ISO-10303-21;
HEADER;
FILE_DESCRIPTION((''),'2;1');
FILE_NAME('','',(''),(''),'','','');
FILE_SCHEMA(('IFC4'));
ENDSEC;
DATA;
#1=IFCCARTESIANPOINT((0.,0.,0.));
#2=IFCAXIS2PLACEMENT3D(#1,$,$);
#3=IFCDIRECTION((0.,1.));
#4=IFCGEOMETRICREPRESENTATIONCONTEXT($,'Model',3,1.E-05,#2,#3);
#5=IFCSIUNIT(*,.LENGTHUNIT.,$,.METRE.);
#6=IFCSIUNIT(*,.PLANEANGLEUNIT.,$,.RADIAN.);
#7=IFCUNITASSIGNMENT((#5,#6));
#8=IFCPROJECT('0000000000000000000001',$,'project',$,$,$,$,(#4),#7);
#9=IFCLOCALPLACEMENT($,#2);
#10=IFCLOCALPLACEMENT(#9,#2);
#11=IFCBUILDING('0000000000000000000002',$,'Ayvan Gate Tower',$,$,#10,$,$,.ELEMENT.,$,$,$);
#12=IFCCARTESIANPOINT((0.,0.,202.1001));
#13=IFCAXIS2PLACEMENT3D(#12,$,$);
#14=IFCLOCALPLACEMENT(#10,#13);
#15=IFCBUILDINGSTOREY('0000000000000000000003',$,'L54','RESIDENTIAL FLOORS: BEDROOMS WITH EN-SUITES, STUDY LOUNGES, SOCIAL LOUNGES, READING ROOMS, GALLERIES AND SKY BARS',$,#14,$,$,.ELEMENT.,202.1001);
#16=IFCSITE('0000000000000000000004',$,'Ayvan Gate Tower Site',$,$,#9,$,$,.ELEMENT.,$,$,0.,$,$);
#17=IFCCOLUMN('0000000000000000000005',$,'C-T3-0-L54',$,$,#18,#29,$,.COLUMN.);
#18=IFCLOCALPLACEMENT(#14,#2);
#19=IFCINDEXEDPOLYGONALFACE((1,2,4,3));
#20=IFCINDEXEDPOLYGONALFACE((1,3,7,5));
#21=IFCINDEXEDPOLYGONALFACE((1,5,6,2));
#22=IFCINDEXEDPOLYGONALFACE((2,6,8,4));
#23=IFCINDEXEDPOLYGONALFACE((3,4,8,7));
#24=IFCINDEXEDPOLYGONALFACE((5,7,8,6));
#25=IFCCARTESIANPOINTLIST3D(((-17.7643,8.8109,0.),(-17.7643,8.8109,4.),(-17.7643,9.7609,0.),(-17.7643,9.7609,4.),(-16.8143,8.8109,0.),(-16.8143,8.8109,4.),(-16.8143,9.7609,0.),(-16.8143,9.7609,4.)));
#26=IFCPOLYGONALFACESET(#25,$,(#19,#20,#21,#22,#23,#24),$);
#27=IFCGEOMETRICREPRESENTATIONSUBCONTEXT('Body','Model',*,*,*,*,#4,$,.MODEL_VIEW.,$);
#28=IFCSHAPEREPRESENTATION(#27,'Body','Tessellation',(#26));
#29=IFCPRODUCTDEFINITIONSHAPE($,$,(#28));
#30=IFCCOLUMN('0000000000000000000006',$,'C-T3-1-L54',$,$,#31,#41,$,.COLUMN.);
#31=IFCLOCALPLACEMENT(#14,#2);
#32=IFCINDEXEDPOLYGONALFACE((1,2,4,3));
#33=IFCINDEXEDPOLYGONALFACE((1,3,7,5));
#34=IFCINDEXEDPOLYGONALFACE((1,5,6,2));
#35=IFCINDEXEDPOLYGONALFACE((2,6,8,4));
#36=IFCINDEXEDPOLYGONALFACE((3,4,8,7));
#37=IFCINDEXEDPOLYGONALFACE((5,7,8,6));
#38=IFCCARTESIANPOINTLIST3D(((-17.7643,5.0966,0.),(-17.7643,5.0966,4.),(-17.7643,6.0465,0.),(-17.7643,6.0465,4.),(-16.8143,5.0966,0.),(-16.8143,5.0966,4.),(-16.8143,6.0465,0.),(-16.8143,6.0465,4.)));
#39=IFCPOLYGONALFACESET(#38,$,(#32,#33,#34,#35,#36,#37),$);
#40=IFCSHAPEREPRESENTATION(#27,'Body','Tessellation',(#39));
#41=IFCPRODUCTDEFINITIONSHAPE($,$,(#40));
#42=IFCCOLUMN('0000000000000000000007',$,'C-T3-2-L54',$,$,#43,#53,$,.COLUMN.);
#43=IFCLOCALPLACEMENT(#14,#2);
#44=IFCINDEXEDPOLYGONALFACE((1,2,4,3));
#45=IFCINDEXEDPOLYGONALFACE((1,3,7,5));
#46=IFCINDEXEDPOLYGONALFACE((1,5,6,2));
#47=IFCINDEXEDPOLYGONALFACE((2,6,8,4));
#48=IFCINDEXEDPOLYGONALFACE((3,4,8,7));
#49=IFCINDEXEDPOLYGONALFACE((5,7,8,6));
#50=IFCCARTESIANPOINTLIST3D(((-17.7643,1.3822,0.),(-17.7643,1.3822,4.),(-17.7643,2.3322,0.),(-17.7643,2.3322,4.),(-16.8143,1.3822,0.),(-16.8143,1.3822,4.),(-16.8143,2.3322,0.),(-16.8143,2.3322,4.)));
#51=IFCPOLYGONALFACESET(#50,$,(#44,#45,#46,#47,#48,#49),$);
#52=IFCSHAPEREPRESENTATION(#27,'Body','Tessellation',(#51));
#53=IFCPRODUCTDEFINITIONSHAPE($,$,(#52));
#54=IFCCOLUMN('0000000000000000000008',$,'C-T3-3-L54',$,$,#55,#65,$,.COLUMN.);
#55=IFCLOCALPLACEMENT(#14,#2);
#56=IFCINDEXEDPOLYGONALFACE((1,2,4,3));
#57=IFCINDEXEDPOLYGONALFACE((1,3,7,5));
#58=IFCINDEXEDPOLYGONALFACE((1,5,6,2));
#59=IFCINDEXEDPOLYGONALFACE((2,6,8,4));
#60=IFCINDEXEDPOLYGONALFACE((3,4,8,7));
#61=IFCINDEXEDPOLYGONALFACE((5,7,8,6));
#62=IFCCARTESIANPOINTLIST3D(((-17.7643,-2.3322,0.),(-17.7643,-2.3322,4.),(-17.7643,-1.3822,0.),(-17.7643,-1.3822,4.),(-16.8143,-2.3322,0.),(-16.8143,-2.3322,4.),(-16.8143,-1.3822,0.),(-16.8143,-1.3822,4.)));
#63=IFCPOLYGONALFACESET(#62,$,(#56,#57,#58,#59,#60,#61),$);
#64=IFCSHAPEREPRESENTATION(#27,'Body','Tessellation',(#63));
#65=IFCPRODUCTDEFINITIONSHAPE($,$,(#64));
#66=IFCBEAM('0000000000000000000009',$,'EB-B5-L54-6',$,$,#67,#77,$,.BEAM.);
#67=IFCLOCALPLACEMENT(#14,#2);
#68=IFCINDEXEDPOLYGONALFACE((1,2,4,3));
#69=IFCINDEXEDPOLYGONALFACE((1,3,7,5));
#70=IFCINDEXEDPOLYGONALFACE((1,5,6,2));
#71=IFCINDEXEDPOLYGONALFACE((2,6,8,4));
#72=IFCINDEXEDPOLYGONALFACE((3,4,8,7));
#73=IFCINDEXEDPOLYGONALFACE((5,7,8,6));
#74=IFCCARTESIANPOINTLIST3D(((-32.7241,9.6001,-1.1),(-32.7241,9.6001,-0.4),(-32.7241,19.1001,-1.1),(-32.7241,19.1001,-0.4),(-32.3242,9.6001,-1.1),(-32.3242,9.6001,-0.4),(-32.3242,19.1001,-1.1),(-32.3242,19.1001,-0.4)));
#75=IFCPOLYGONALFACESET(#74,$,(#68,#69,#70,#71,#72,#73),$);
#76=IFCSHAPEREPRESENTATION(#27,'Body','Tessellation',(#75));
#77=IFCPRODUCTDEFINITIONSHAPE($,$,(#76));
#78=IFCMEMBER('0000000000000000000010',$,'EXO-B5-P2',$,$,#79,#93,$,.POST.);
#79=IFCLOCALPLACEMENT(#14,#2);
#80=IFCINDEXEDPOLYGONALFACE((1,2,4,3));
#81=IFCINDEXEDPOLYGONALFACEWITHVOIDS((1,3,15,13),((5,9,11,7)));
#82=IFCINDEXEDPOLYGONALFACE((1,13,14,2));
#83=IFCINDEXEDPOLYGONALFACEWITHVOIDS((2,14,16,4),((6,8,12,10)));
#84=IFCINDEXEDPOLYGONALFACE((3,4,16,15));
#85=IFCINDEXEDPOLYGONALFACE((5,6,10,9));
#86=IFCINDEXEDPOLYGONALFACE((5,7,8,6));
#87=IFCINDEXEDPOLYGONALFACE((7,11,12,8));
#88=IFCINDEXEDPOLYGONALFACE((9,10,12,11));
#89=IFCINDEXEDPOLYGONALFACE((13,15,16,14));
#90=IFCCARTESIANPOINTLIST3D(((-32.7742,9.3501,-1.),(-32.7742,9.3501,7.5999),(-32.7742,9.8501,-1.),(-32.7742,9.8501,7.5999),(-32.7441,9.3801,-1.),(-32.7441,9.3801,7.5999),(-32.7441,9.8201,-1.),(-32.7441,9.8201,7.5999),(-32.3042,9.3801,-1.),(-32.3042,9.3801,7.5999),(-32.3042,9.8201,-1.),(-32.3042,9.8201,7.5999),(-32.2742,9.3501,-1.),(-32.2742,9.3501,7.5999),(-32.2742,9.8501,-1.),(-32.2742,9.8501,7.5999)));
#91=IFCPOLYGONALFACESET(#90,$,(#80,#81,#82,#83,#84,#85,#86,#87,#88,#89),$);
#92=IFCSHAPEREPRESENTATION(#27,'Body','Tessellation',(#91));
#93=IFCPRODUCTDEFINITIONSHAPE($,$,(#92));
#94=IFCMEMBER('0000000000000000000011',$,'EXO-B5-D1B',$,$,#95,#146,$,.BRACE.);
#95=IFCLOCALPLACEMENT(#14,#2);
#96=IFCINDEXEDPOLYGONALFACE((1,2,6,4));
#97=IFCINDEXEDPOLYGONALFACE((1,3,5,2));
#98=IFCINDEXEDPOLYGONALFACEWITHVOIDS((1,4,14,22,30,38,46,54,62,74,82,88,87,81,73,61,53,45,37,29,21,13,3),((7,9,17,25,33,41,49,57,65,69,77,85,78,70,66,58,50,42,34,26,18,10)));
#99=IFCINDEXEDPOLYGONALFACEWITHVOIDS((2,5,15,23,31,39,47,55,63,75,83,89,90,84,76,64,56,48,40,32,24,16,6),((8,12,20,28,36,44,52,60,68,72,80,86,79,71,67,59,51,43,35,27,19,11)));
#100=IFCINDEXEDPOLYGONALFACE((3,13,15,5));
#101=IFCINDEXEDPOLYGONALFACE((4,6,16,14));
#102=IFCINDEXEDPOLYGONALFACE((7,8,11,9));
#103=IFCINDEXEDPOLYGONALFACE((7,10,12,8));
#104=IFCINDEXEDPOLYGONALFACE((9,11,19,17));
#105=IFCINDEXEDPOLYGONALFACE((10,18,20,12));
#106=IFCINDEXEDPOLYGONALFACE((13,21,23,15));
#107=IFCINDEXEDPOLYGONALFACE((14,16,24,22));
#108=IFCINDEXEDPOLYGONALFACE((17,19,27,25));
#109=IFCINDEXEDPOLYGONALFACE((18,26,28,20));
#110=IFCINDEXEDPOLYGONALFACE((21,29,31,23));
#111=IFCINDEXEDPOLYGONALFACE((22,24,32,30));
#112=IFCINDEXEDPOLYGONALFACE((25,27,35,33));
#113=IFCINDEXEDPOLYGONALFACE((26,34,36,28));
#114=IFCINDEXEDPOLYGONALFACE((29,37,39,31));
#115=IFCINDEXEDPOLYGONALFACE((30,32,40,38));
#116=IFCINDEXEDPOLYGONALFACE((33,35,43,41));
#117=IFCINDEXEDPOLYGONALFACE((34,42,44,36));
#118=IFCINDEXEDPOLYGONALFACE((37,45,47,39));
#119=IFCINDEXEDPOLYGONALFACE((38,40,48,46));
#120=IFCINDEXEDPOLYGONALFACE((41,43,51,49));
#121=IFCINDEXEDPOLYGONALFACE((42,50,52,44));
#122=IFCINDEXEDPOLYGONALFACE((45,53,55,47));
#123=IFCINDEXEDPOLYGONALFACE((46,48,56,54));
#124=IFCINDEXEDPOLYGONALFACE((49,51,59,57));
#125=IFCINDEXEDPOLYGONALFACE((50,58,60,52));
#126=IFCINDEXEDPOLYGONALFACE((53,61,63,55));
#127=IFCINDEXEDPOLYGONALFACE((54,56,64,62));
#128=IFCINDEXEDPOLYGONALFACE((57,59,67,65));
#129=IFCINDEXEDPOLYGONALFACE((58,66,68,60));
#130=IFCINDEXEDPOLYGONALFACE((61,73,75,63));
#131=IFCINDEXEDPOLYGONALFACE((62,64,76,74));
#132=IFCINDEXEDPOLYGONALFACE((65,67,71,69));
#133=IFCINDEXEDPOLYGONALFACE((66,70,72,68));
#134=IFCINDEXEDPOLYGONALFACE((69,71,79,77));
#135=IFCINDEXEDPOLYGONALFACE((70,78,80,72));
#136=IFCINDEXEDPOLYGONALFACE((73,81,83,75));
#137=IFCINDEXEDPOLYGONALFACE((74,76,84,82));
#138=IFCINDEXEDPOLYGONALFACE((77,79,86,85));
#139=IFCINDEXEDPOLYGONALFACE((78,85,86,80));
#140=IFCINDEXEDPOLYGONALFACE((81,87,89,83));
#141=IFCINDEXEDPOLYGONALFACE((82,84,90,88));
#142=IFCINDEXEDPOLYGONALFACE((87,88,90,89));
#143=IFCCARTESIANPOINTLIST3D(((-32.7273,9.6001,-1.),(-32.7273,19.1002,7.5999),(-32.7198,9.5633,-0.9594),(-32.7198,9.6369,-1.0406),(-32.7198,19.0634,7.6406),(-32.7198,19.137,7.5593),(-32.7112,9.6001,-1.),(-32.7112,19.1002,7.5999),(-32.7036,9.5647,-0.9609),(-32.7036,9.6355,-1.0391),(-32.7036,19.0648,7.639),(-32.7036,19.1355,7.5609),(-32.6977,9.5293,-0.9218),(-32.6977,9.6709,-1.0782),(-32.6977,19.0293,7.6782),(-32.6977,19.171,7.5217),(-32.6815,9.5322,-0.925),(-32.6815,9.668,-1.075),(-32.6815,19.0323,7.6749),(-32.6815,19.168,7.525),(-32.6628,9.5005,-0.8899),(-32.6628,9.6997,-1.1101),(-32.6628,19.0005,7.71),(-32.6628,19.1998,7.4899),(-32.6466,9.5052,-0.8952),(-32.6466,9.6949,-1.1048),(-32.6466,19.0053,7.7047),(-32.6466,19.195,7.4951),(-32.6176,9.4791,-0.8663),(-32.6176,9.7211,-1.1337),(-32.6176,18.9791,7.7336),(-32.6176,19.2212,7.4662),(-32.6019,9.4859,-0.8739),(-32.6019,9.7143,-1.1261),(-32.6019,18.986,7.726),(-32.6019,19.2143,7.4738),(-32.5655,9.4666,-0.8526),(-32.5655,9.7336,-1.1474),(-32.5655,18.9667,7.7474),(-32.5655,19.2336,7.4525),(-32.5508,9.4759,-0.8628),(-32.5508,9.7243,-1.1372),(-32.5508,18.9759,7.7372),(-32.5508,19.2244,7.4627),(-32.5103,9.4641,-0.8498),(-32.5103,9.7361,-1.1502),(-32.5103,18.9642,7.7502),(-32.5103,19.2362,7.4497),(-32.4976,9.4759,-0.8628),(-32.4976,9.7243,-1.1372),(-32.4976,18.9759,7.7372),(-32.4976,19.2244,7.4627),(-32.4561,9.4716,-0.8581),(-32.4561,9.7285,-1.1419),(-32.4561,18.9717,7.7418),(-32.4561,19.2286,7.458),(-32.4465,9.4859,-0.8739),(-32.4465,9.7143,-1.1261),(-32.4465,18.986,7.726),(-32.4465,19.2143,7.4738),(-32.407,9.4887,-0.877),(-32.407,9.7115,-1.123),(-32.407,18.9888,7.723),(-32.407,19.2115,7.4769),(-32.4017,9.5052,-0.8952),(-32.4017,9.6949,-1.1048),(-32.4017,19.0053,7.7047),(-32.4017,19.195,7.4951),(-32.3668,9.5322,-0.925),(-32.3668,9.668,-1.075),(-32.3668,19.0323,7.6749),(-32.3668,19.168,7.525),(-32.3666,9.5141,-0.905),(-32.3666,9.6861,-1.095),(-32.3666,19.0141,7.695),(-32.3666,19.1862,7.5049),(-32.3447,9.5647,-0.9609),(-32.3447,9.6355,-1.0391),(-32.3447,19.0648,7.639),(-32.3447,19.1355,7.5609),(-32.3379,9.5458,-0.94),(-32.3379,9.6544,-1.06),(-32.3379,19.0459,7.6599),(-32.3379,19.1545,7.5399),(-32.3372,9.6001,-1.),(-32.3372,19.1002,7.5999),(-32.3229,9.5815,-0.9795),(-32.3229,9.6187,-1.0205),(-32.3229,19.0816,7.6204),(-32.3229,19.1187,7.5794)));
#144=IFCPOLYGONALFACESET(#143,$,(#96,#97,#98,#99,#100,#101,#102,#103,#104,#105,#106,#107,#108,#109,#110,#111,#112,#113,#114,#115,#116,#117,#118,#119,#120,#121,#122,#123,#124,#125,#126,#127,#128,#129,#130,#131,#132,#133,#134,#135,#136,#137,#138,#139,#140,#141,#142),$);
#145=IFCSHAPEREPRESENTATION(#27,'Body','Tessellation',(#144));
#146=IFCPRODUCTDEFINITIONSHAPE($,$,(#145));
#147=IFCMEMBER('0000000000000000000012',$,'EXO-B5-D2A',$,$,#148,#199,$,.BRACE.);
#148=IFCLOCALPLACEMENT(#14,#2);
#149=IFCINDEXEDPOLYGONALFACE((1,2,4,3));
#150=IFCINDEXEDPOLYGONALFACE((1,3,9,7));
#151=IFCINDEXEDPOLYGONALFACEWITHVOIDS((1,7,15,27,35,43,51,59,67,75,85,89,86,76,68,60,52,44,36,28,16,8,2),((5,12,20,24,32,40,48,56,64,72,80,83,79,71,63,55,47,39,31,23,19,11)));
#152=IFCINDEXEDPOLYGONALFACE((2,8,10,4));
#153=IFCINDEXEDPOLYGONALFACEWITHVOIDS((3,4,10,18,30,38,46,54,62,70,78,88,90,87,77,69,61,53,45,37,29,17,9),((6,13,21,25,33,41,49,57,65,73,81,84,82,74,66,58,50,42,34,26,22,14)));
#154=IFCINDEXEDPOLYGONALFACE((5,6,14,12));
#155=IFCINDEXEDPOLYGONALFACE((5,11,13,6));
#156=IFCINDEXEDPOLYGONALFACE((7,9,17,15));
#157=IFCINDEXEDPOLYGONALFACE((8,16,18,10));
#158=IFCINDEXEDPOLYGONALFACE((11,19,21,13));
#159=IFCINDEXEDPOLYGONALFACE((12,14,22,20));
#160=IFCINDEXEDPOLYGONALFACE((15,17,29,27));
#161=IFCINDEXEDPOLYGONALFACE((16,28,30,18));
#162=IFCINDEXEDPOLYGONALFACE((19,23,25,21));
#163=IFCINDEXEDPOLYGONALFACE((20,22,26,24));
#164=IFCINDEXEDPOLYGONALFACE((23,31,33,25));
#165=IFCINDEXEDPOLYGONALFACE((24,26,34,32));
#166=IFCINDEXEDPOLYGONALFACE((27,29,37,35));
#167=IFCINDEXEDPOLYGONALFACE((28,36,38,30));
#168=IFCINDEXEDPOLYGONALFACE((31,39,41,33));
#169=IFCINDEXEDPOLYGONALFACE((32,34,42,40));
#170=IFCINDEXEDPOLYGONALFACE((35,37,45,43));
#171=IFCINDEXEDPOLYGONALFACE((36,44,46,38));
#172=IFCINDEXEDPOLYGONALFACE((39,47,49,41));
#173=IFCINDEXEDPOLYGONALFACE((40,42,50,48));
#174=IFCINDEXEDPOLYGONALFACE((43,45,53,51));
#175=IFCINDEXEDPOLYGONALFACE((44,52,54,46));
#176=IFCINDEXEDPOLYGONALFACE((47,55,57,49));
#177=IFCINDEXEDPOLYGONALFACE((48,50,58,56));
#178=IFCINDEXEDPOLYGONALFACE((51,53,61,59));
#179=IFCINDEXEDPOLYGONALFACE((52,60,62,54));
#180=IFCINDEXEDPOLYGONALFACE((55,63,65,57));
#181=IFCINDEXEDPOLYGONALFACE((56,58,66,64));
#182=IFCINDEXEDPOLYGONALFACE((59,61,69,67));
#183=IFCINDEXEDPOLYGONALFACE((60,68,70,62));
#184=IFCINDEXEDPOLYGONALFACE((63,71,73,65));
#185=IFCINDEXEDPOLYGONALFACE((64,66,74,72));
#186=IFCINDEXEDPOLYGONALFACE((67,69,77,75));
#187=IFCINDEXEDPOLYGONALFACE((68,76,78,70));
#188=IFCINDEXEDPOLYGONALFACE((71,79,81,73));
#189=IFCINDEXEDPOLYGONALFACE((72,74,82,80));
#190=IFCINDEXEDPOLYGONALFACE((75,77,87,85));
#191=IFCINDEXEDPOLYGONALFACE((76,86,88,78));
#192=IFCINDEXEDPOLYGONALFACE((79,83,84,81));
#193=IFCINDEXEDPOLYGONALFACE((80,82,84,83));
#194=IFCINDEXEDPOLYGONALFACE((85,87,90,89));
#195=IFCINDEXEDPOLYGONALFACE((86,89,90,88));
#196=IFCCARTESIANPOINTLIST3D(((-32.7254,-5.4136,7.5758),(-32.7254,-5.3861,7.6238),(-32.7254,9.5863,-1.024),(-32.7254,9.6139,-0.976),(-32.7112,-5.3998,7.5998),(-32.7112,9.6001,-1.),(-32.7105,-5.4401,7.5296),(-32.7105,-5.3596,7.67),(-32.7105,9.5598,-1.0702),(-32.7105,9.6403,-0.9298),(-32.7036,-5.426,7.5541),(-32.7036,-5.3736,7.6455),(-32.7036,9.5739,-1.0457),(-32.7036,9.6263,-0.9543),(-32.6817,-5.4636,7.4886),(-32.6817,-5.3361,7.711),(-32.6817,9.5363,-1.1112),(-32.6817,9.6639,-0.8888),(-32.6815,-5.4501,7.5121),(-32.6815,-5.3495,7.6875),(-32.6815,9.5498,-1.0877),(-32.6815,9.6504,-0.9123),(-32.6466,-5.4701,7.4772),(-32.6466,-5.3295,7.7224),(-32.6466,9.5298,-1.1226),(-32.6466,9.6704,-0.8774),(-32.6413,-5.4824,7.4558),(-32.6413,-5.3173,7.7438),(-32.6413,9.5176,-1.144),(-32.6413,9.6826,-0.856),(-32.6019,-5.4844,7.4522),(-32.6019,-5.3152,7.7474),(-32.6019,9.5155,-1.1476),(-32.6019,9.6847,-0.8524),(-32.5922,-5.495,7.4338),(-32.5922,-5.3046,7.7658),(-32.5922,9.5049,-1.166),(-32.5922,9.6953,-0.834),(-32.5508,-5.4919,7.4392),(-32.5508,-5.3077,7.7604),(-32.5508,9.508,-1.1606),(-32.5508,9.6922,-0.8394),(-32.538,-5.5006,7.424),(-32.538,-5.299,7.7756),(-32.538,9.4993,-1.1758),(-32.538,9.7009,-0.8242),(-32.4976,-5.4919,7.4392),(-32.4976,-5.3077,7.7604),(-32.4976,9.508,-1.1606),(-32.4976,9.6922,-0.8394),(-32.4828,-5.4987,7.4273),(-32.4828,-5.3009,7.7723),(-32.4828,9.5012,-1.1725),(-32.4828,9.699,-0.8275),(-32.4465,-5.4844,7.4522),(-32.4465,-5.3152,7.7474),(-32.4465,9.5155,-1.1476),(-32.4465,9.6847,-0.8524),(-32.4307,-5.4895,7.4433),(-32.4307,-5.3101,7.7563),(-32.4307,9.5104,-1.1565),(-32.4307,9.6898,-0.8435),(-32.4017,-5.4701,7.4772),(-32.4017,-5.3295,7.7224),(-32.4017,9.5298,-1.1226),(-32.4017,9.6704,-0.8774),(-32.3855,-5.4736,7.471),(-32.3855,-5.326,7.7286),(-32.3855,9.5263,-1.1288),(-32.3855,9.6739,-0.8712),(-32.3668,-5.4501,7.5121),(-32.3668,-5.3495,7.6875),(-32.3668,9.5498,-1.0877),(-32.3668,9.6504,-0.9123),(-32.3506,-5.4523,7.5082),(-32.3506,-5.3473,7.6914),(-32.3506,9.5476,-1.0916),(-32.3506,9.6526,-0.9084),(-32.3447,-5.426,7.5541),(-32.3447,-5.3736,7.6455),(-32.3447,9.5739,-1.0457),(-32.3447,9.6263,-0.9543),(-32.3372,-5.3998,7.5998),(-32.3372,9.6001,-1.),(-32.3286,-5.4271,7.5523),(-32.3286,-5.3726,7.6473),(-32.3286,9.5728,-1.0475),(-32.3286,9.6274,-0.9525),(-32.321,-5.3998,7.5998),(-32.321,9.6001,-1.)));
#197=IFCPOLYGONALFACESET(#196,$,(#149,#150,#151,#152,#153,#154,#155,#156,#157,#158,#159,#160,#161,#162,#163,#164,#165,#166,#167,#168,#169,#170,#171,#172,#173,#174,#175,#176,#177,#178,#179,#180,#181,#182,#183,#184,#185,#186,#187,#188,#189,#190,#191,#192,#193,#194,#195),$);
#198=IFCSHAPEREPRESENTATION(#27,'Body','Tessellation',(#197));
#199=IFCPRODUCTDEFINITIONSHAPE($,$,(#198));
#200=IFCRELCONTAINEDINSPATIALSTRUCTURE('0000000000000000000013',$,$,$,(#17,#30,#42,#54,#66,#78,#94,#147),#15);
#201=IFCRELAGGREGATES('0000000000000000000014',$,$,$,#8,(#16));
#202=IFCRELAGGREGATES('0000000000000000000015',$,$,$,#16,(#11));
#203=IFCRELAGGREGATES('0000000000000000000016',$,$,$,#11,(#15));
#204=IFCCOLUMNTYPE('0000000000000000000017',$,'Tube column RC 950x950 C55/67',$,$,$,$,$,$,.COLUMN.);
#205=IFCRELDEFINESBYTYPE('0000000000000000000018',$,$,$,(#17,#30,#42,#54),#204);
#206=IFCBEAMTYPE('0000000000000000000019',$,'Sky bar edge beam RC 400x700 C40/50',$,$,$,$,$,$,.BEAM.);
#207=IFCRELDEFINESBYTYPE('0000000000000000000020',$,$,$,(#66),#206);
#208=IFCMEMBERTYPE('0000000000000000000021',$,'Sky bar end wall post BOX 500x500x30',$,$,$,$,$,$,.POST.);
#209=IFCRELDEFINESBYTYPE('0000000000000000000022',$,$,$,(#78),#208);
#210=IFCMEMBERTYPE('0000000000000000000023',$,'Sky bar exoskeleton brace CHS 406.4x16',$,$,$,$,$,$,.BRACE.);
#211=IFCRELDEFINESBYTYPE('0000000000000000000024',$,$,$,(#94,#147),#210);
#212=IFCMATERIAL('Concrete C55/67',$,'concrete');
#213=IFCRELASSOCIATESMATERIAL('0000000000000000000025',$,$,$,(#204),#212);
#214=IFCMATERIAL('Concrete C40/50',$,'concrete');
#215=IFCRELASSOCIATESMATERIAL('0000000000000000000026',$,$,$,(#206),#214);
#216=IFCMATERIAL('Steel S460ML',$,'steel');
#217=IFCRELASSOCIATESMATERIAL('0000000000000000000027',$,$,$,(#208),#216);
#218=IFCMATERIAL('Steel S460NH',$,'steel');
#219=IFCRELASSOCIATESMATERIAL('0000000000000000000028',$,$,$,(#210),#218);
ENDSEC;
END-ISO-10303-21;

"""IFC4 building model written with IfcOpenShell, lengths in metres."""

from ifc_helpers import new_model, si_unit, direction, frame, origin, origin_2d, place, context, subcontext, project, spatial, rectangle, hollow_rectangle, hollow_circle, extrude, material, material_profile, profile_set, type_object, element, save


model = new_model("IFC4")

# Units and contexts
model_context = context("Model", 3, precision=1e-05, world=origin(), true_north=direction((0.0, 1.0)))
body_context = subcontext(model_context, "Body", "Model", "MODEL_VIEW")
ifc_project = project(units=[si_unit("LENGTHUNIT", "METRE"), si_unit("PLANEANGLEUNIT", "RADIAN")], contexts=[model_context])

# Site, building, storey
site_placement = place(None, origin())
site = spatial("IfcSite", under=ifc_project, at=site_placement, Name="Ayvan Gate Tower Site", CompositionType="ELEMENT", RefElevation=0.0)
building_placement = place(site_placement, origin())
building = spatial("IfcBuilding", under=site, at=building_placement, Name="Ayvan Gate Tower", CompositionType="ELEMENT")
storey_placement = place(building_placement, frame((0.0, 0.0, 202.1001)))
storey = spatial("IfcBuildingStorey", under=building, at=storey_placement, Name="L54", Description="RESIDENTIAL FLOORS: BEDROOMS WITH EN-SUITES, STUDY LOUNGES, SOCIAL LOUNGES, READING ROOMS, GALLERIES AND SKY BARS", CompositionType="ELEMENT", Elevation=202.1001)

# Columns
ifc_material_1 = material(Name="Concrete C55/67", Category="concrete")
ifc_material_profile_1 = material_profile(ifc_material_1, rectangle(XDim=0.95, YDim=0.95, at=origin_2d()), Name="RC 950x950")
ifc_profile_set_1 = profile_set([ifc_material_profile_1], Name="Concrete C55/67")
column_type = type_object("IfcColumnType", Name="Tube column RC 950x950 C55/67", PredefinedType="COLUMN", material=ifc_profile_set_1)
for number, where, z_axis, x_axis, name in (
    (1, (-17.2893, 9.2859, 0.0), (0.0, 0.0, 1.0), (-1.0, 0.0, 0.0), "C-T3-0-L54"),
    (2, (-17.2893, 5.5715, 0.0), (0.0, 0.0, 1.0), (-1.0, 0.0, 0.0), "C-T3-1-L54"),
    (3, (-17.2893, 1.8572, 0.0), (0.0, 0.0, 1.0), (-1.0, 0.0, 0.0), "C-T3-2-L54"),
    (4, (-17.2893, -1.8572, 0.0), (0.0, 0.0, 1.0), (-1.0, 0.0, 0.0), "C-T3-3-L54"),
):
    element("IfcColumn", number, at=place(storey_placement, frame(where, z_axis=z_axis, x_axis=x_axis)), inside=storey, type_object=column_type, Name=name, PredefinedType="COLUMN", context=body_context, shape_type="SweptSolid", body=[
        extrude(rectangle(XDim=0.95, YDim=0.95, at=origin_2d()), origin(), (0.0, 0.0, 1.0), 4.0),
    ])

# Beam
ifc_material_2 = material(Name="Concrete C40/50", Category="concrete")
ifc_material_profile_2 = material_profile(ifc_material_2, rectangle(XDim=0.3999, YDim=0.7, at=origin_2d()), Name="RC 400x700")
ifc_profile_set_2 = profile_set([ifc_material_profile_2], Name="Concrete C40/50")
beam_type_1 = type_object("IfcBeamType", Name="Sky bar edge beam RC 400x700 C40/50", PredefinedType="BEAM", material=ifc_profile_set_2)
beam_placement = place(storey_placement, frame((-32.5242, 9.6001, -0.75), z_axis=(0.0, 1.0, 0.0), x_axis=(-1.0, 0.0, 0.0)))
element("IfcBeam", 5, at=beam_placement, inside=storey, type_object=beam_type_1, Name="EB-B5-L54-6", PredefinedType="BEAM", context=body_context, shape_type="SweptSolid", body=[
    extrude(rectangle(XDim=0.3999, YDim=0.7, at=origin_2d()), origin(), (0.0, 0.0, 1.0), 9.5),
])

# Members
ifc_material_3 = material(Name="Steel S460ML", Category="steel")
ifc_material_profile_3 = material_profile(ifc_material_3, hollow_rectangle(XDim=0.5, YDim=0.5, WallThickness=0.03, at=origin_2d()), Name="BOX 500x500x30")
ifc_profile_set_3 = profile_set([ifc_material_profile_3], Name="Steel S460ML")
member_type_1 = type_object("IfcMemberType", Name="Sky bar end wall post BOX 500x500x30", PredefinedType="POST", material=ifc_profile_set_3)
member_1_placement = place(storey_placement, frame((-32.5242, 9.6001, -1.0), z_axis=(0.0, 0.0, 1.0), x_axis=(1.0, 0.0, 0.0)))
element("IfcMember", 6, at=member_1_placement, inside=storey, type_object=member_type_1, Name="EXO-B5-P2", PredefinedType="POST", context=body_context, shape_type="SweptSolid", body=[
    extrude(hollow_rectangle(XDim=0.5, YDim=0.5, WallThickness=0.03, at=origin_2d()), origin(), (0.0, 0.0, 1.0), 8.5999),
])
ifc_material_4 = material(Name="Steel S460NH", Category="steel")
ifc_material_profile_4 = material_profile(ifc_material_4, hollow_circle(Radius=0.2031, WallThickness=0.0161, at=origin_2d()), Name="CHS 406.4x16")
ifc_profile_set_4 = profile_set([ifc_material_profile_4], Name="Steel S460NH")
member_type_2 = type_object("IfcMemberType", Name="Sky bar exoskeleton brace CHS 406.4x16", PredefinedType="BRACE", material=ifc_profile_set_4)
member_2_placement = place(storey_placement, frame((-32.5242, 9.6001, -1.0), z_axis=(0.0, 0.741357, 0.671111), x_axis=(-1.0, 0.0, 0.0)))
element("IfcMember", 7, at=member_2_placement, inside=storey, type_object=member_type_2, Name="EXO-B5-D1B", PredefinedType="BRACE", context=body_context, shape_type="SweptSolid", body=[
    extrude(hollow_circle(Radius=0.2031, WallThickness=0.0161, at=origin_2d()), origin(), (0.0, 0.0, 1.0), 12.8145),
])
member_3_placement = place(storey_placement, frame((-32.5242, 9.6001, -1.0), z_axis=(0.0, -0.867534, 0.497378), x_axis=(1.0, 0.0, 0.0)))
element("IfcMember", 8, at=member_3_placement, inside=storey, type_object=member_type_2, Name="EXO-B5-D2A", PredefinedType="BRACE", context=body_context, shape_type="SweptSolid", body=[
    extrude(hollow_circle(Radius=0.2031, WallThickness=0.0161, at=origin_2d()), origin(), (0.0, 0.0, 1.0), 17.2903),
])

save(model, "model.ifc")
